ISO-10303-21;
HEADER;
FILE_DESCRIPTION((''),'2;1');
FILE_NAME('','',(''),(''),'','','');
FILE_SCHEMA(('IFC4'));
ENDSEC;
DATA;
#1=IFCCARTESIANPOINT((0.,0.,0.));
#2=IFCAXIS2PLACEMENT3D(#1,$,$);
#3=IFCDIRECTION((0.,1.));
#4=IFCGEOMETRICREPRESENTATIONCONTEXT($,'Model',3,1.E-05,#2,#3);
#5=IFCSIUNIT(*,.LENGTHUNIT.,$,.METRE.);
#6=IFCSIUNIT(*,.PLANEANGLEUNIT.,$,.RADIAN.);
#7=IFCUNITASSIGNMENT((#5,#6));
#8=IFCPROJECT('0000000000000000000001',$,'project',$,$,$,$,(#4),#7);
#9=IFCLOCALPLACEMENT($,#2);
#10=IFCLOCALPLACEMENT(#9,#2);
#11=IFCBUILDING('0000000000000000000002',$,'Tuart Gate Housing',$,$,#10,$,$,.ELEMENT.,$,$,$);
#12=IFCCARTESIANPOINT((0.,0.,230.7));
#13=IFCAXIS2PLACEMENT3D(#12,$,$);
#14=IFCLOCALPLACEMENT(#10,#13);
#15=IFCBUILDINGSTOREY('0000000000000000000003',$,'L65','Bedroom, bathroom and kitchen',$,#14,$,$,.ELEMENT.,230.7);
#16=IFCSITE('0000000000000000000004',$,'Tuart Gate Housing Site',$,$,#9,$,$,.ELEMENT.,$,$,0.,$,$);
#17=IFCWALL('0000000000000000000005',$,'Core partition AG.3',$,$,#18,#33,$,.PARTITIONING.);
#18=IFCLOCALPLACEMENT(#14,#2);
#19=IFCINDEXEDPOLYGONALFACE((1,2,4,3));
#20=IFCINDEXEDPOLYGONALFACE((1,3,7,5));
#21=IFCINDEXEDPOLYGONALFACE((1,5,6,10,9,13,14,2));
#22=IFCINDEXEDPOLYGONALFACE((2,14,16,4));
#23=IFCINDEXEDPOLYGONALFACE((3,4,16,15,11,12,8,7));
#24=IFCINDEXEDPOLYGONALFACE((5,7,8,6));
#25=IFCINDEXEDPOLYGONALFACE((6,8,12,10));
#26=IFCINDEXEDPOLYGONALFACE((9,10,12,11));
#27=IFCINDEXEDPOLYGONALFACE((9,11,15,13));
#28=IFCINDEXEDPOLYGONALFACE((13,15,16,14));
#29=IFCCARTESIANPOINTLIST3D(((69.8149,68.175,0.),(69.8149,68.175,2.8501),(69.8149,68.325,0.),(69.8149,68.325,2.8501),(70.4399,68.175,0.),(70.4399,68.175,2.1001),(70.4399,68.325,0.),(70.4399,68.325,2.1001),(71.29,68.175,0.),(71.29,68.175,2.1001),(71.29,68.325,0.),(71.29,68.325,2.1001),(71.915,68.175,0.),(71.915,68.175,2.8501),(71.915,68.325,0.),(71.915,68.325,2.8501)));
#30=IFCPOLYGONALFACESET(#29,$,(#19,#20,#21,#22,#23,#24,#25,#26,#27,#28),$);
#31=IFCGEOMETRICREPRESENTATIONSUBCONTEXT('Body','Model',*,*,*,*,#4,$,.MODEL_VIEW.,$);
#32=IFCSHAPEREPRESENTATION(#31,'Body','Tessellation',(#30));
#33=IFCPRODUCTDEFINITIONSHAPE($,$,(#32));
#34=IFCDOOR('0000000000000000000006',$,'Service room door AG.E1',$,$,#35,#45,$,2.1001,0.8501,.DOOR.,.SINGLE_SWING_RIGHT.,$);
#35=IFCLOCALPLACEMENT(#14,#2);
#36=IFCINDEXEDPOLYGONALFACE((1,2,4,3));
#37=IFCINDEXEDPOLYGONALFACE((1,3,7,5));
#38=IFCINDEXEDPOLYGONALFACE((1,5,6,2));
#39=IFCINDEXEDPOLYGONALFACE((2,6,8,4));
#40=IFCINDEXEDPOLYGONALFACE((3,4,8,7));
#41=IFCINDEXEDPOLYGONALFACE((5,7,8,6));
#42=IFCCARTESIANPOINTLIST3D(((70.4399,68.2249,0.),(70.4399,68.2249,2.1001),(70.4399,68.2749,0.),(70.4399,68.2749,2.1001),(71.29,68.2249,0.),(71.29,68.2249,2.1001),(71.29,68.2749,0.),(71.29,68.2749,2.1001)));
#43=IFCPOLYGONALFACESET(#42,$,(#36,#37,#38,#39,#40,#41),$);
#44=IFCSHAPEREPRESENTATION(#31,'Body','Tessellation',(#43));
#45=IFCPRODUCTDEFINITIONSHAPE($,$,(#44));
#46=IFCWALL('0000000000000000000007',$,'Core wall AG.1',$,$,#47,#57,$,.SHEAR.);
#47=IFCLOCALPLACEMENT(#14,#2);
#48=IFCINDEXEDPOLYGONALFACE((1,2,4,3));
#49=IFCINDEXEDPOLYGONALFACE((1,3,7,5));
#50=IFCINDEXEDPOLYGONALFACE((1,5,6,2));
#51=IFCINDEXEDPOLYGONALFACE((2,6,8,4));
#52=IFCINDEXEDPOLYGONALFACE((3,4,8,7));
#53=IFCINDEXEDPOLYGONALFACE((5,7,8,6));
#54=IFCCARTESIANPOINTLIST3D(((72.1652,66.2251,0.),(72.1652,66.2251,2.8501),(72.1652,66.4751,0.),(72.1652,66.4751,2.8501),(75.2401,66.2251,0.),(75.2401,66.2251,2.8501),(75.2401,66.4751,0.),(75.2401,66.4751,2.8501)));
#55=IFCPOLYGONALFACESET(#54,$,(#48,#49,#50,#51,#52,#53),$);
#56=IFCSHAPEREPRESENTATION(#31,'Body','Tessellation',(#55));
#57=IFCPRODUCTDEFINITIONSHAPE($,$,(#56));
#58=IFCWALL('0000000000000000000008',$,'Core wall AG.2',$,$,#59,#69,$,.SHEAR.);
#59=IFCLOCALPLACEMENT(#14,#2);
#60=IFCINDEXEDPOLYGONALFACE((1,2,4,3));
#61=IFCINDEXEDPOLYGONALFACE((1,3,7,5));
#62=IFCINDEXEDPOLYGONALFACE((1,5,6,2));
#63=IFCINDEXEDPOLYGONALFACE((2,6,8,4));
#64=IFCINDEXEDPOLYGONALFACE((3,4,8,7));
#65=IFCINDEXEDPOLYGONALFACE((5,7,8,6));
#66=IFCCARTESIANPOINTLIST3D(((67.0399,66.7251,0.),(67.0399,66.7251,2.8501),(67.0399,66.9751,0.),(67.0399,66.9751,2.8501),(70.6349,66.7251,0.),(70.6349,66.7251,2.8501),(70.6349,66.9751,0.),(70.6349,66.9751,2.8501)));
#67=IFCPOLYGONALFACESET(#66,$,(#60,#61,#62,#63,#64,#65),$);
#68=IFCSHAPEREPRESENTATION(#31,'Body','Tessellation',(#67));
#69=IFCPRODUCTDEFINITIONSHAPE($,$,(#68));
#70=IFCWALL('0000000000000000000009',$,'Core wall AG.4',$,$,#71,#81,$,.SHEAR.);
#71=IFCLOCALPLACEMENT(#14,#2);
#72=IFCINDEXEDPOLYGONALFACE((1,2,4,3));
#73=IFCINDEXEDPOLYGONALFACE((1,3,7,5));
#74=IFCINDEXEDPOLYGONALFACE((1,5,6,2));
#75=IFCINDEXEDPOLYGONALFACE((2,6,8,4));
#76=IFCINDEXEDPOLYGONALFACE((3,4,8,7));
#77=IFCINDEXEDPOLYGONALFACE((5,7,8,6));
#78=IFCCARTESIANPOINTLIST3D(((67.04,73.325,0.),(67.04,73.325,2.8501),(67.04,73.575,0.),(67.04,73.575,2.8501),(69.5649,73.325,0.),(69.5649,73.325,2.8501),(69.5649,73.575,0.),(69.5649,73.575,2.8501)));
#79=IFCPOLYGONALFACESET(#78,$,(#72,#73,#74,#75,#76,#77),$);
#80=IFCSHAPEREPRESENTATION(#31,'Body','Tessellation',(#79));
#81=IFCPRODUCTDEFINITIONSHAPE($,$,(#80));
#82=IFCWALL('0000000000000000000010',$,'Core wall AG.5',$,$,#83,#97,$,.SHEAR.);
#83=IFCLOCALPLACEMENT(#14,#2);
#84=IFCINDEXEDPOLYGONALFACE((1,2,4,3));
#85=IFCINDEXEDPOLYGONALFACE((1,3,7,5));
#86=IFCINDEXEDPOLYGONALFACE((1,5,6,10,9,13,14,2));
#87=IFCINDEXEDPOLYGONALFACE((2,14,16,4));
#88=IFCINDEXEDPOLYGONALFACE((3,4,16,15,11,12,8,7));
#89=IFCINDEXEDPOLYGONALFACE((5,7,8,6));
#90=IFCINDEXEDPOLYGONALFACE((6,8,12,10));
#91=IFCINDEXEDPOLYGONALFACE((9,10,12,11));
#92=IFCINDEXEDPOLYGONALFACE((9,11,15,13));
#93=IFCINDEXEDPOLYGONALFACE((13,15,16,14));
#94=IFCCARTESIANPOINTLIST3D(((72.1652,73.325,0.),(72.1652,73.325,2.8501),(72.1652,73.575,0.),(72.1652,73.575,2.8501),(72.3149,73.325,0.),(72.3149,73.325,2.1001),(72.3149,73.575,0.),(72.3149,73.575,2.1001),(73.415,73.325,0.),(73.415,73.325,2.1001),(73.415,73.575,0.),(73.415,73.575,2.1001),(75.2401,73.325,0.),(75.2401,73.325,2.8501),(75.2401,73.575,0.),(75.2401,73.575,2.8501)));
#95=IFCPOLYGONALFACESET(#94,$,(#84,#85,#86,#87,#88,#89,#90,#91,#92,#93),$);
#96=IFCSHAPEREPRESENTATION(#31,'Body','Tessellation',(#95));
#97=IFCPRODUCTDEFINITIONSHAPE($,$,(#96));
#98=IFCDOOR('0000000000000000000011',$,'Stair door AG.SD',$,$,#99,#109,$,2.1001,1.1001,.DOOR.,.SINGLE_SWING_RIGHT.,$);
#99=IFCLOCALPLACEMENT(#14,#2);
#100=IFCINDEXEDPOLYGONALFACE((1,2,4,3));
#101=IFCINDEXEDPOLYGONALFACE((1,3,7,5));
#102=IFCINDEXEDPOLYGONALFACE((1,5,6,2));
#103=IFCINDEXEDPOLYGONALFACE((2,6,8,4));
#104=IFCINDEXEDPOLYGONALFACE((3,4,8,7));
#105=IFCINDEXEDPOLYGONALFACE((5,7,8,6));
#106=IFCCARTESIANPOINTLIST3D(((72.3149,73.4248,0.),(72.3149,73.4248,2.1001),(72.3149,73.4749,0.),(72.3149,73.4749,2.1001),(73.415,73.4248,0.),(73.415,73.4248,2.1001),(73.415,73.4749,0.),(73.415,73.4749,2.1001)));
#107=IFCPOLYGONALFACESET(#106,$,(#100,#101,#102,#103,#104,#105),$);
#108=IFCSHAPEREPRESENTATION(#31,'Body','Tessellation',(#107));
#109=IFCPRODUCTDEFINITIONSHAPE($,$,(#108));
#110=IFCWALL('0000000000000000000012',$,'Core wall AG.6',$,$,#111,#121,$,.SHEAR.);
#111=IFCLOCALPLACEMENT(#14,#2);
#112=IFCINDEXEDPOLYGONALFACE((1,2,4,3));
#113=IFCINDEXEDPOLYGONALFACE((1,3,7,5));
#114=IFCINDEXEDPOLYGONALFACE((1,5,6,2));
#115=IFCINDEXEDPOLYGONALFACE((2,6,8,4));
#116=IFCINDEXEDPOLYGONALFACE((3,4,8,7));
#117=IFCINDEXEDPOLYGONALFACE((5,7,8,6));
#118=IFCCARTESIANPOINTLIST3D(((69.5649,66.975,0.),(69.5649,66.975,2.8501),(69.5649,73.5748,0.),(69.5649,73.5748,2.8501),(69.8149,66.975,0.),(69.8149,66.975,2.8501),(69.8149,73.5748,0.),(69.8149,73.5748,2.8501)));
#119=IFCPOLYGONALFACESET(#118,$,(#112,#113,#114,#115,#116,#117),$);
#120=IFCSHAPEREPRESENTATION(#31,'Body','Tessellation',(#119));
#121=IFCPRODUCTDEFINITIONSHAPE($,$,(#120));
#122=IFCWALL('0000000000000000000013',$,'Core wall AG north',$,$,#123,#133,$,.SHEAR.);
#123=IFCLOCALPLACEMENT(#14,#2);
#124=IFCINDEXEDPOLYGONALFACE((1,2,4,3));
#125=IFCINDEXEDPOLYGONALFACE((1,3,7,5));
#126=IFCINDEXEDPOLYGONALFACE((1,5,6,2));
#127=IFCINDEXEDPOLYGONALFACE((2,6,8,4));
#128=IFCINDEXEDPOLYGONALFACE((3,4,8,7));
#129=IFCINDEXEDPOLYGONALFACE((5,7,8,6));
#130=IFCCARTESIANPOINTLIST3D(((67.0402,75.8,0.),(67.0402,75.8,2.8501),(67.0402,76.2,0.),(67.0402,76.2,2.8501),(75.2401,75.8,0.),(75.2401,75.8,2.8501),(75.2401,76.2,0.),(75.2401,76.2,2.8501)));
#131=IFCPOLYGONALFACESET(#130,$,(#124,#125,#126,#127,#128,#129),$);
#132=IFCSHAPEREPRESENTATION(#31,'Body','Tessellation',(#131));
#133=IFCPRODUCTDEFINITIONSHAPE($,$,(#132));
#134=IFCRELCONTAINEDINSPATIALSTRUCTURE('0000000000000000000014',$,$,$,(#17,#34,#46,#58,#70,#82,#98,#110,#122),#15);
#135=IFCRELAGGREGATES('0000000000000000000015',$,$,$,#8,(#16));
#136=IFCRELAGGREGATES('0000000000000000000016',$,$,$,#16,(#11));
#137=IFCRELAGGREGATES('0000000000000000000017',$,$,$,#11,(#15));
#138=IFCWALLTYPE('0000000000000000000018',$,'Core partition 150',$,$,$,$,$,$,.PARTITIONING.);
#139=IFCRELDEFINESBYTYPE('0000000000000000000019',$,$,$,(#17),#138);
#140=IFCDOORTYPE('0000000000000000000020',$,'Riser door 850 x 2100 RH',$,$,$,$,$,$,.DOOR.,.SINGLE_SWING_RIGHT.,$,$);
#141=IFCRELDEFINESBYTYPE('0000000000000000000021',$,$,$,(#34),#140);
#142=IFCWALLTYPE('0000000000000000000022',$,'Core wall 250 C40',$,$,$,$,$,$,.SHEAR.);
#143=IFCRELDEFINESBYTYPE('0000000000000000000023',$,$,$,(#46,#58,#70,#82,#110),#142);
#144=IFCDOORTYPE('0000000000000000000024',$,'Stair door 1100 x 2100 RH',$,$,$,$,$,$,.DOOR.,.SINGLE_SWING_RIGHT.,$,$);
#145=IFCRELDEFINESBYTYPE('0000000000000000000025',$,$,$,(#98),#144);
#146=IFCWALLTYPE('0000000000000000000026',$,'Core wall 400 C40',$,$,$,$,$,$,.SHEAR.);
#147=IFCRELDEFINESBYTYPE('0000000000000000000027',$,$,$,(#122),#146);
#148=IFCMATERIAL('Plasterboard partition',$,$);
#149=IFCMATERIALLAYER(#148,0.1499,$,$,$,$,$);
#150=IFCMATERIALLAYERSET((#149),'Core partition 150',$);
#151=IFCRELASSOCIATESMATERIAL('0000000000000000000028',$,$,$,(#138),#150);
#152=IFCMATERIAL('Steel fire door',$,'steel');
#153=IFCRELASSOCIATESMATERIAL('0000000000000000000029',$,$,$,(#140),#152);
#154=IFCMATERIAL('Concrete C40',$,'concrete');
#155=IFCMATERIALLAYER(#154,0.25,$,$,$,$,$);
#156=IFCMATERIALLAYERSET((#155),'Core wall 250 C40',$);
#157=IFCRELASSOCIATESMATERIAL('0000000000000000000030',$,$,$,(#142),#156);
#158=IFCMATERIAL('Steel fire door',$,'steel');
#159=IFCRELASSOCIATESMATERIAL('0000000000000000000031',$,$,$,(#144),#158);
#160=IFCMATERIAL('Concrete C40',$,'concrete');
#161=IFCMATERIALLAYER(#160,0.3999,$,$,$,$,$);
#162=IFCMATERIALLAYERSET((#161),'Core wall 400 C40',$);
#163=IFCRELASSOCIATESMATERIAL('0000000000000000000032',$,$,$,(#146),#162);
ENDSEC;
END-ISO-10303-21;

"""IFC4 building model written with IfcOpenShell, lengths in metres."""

from ifc_helpers import new_model, si_unit, direction, frame, frame_2d, origin, place, context, subcontext, project, spatial, rectangle, extrude, material, layer, layer_set, type_object, element, fill, save


model = new_model("IFC4")

# Units and contexts
model_context = context("Model", 3, precision=1e-05, world=origin(), true_north=direction((0.0, 1.0)))
body_context = subcontext(model_context, "Body", "Model", "MODEL_VIEW")
ifc_project = project(units=[si_unit("LENGTHUNIT", "METRE"), si_unit("PLANEANGLEUNIT", "RADIAN")], contexts=[model_context])

# Site, building, storey
site_placement = place(None, origin())
site = spatial("IfcSite", under=ifc_project, at=site_placement, Name="Tuart Gate Housing Site", CompositionType="ELEMENT", RefElevation=0.0)
building_placement = place(site_placement, origin())
building = spatial("IfcBuilding", under=site, at=building_placement, Name="Tuart Gate Housing", CompositionType="ELEMENT")
storey_placement = place(building_placement, frame((0.0, 0.0, 230.7)))
storey = spatial("IfcBuildingStorey", under=building, at=storey_placement, Name="L65", Description="Bedroom, bathroom and kitchen", CompositionType="ELEMENT", Elevation=230.7)

# Wall, opening, door
ifc_material_1 = material(Name="Plasterboard partition")
ifc_layer_1 = layer(ifc_material_1, 0.1499)
ifc_layer_set_1 = layer_set([ifc_layer_1], Name="Core partition 150")
wall_type_1 = type_object("IfcWallType", Name="Core partition 150", PredefinedType="PARTITIONING", material=ifc_layer_set_1)
wall_1_placement = place(storey_placement, frame((69.8149, 68.25, 0.0), z_axis=(0.0, 0.0, 1.0), x_axis=(1.0, 0.0, 0.0)))
wall_1 = element("IfcWall", 1, at=wall_1_placement, inside=storey, type_object=wall_type_1, Name="Core partition AG.3", PredefinedType="PARTITIONING", context=body_context, shape_type="SweptSolid", body=[
    extrude(rectangle(XDim=2.1001, YDim=0.1499, at=frame_2d((1.05, 0.0))), origin(), (0.0, 0.0, 1.0), 2.8501),
])
opening_1_placement = place(wall_1_placement, frame((0.625, 0.0, 0.0)))
opening_1 = element("IfcOpeningElement", 2, at=opening_1_placement, cuts=wall_1, PredefinedType="OPENING", context=body_context, shape_type="SweptSolid", body=[
    extrude(rectangle(XDim=0.8501, YDim=2.1001, at=frame_2d((0.425, 1.05))), frame((0.0, 0.085, 0.0), z_axis=(0.0, -1.0, 0.0), x_axis=(1.0, 0.0, 0.0)), (0.0, 0.0, 1.0), 0.1699),
])
ifc_material_2 = material(Name="Steel fire door", Category="steel")
door_type_1 = type_object("IfcDoorType", Name="Riser door 850 x 2100 RH", OperationType="SINGLE_SWING_RIGHT", PredefinedType="DOOR", material=ifc_material_2)
door_1_placement = place(opening_1_placement, frame((0.8501, 0.0, 0.0), z_axis=(0.0, 0.0, 1.0), x_axis=(-1.0, 0.0, 0.0)))
door_1 = element("IfcDoor", 3, at=door_1_placement, inside=storey, type_object=door_type_1, Name="Service room door AG.E1", OperationType="SINGLE_SWING_RIGHT", OverallHeight=2.1001, OverallWidth=0.8501, PredefinedType="DOOR", context=body_context, shape_type="SweptSolid", body=[
    extrude(rectangle(XDim=0.8501, YDim=2.1001, at=frame_2d((0.425, 1.05))), frame((0.0, 0.0251, 0.0), z_axis=(0.0, -1.0, 0.0), x_axis=(1.0, 0.0, 0.0)), (0.0, 0.0, 1.0), 0.05),
])
fill(opening_1, door_1)

# Walls
ifc_material_3 = material(Name="Concrete C40", Category="concrete")
ifc_layer_2 = layer(ifc_material_3, 0.25)
ifc_layer_set_2 = layer_set([ifc_layer_2], Name="Core wall 250 C40")
wall_type_2 = type_object("IfcWallType", Name="Core wall 250 C40", PredefinedType="SHEAR", material=ifc_layer_set_2)
wall_2_placement = place(storey_placement, frame((72.165, 66.3501, 0.0), z_axis=(0.0, 0.0, 1.0), x_axis=(1.0, 0.0, 0.0)))
element("IfcWall", 4, at=wall_2_placement, inside=storey, type_object=wall_type_2, Name="Core wall AG.1", PredefinedType="SHEAR", context=body_context, shape_type="SweptSolid", body=[
    extrude(rectangle(XDim=3.075, YDim=0.25, at=frame_2d((1.5376, 0.0))), origin(), (0.0, 0.0, 1.0), 2.8501),
])
wall_3_placement = place(storey_placement, frame((67.04, 66.8501, 0.0), z_axis=(0.0, 0.0, 1.0), x_axis=(1.0, 0.0, 0.0)))
element("IfcWall", 5, at=wall_3_placement, inside=storey, type_object=wall_type_2, Name="Core wall AG.2", PredefinedType="SHEAR", context=body_context, shape_type="SweptSolid", body=[
    extrude(rectangle(XDim=3.595, YDim=0.25, at=frame_2d((1.7974, 0.0))), origin(), (0.0, 0.0, 1.0), 2.8501),
])
wall_4_placement = place(storey_placement, frame((67.04, 73.45, 0.0), z_axis=(0.0, 0.0, 1.0), x_axis=(1.0, 0.0, 0.0)))
element("IfcWall", 6, at=wall_4_placement, inside=storey, type_object=wall_type_2, Name="Core wall AG.4", PredefinedType="SHEAR", context=body_context, shape_type="SweptSolid", body=[
    extrude(rectangle(XDim=2.5249, YDim=0.25, at=frame_2d((1.2625, 0.0))), origin(), (0.0, 0.0, 1.0), 2.8501),
])

# Wall, opening, door
wall_5_placement = place(storey_placement, frame((72.165, 73.45, 0.0), z_axis=(0.0, 0.0, 1.0), x_axis=(1.0, 0.0, 0.0)))
wall_5 = element("IfcWall", 7, at=wall_5_placement, inside=storey, type_object=wall_type_2, Name="Core wall AG.5", PredefinedType="SHEAR", context=body_context, shape_type="SweptSolid", body=[
    extrude(rectangle(XDim=3.075, YDim=0.25, at=frame_2d((1.5376, 0.0))), origin(), (0.0, 0.0, 1.0), 2.8501),
])
opening_2_placement = place(wall_5_placement, frame((0.1499, 0.0, 0.0)))
opening_2 = element("IfcOpeningElement", 8, at=opening_2_placement, cuts=wall_5, PredefinedType="OPENING", context=body_context, shape_type="SweptSolid", body=[
    extrude(rectangle(XDim=1.1001, YDim=2.1001, at=frame_2d((0.55, 1.05))), frame((0.0, 0.135, 0.0), z_axis=(0.0, -1.0, 0.0), x_axis=(1.0, 0.0, 0.0)), (0.0, 0.0, 1.0), 0.27),
])
ifc_material_4 = material(Name="Steel fire door", Category="steel")
door_type_2 = type_object("IfcDoorType", Name="Stair door 1100 x 2100 RH", OperationType="SINGLE_SWING_RIGHT", PredefinedType="DOOR", material=ifc_material_4)
door_2_placement = place(opening_2_placement, frame((1.1001, 0.0, 0.0), z_axis=(0.0, 0.0, 1.0), x_axis=(-1.0, 0.0, 0.0)))
door_2 = element("IfcDoor", 9, at=door_2_placement, inside=storey, type_object=door_type_2, Name="Stair door AG.SD", OperationType="SINGLE_SWING_RIGHT", OverallHeight=2.1001, OverallWidth=1.1001, PredefinedType="DOOR", context=body_context, shape_type="SweptSolid", body=[
    extrude(rectangle(XDim=1.1001, YDim=2.1001, at=frame_2d((0.55, 1.05))), frame((0.0, 0.0251, 0.0), z_axis=(0.0, -1.0, 0.0), x_axis=(1.0, 0.0, 0.0)), (0.0, 0.0, 1.0), 0.05),
])
fill(opening_2, door_2)

# Walls
wall_6_placement = place(storey_placement, frame((69.6899, 66.9751, 0.0), z_axis=(0.0, 0.0, 1.0), x_axis=(0.0, 1.0, 0.0)))
element("IfcWall", 10, at=wall_6_placement, inside=storey, type_object=wall_type_2, Name="Core wall AG.6", PredefinedType="SHEAR", context=body_context, shape_type="SweptSolid", body=[
    extrude(rectangle(XDim=6.5999, YDim=0.25, at=frame_2d((3.2998, 0.0))), origin(), (0.0, 0.0, 1.0), 2.8501),
])
ifc_material_5 = material(Name="Concrete C40", Category="concrete")
ifc_layer_3 = layer(ifc_material_5, 0.3999)
ifc_layer_set_3 = layer_set([ifc_layer_3], Name="Core wall 400 C40")
wall_type_3 = type_object("IfcWallType", Name="Core wall 400 C40", PredefinedType="SHEAR", material=ifc_layer_set_3)
wall_7_placement = place(storey_placement, frame((67.04, 76.0, 0.0), z_axis=(0.0, 0.0, 1.0), x_axis=(1.0, 0.0, 0.0)))
element("IfcWall", 11, at=wall_7_placement, inside=storey, type_object=wall_type_3, Name="Core wall AG north", PredefinedType="SHEAR", context=body_context, shape_type="SweptSolid", body=[
    extrude(rectangle(XDim=8.2, YDim=0.3999, at=frame_2d((4.1001, 0.0))), origin(), (0.0, 0.0, 1.0), 2.8501),
])

save(model, "model.ifc")
